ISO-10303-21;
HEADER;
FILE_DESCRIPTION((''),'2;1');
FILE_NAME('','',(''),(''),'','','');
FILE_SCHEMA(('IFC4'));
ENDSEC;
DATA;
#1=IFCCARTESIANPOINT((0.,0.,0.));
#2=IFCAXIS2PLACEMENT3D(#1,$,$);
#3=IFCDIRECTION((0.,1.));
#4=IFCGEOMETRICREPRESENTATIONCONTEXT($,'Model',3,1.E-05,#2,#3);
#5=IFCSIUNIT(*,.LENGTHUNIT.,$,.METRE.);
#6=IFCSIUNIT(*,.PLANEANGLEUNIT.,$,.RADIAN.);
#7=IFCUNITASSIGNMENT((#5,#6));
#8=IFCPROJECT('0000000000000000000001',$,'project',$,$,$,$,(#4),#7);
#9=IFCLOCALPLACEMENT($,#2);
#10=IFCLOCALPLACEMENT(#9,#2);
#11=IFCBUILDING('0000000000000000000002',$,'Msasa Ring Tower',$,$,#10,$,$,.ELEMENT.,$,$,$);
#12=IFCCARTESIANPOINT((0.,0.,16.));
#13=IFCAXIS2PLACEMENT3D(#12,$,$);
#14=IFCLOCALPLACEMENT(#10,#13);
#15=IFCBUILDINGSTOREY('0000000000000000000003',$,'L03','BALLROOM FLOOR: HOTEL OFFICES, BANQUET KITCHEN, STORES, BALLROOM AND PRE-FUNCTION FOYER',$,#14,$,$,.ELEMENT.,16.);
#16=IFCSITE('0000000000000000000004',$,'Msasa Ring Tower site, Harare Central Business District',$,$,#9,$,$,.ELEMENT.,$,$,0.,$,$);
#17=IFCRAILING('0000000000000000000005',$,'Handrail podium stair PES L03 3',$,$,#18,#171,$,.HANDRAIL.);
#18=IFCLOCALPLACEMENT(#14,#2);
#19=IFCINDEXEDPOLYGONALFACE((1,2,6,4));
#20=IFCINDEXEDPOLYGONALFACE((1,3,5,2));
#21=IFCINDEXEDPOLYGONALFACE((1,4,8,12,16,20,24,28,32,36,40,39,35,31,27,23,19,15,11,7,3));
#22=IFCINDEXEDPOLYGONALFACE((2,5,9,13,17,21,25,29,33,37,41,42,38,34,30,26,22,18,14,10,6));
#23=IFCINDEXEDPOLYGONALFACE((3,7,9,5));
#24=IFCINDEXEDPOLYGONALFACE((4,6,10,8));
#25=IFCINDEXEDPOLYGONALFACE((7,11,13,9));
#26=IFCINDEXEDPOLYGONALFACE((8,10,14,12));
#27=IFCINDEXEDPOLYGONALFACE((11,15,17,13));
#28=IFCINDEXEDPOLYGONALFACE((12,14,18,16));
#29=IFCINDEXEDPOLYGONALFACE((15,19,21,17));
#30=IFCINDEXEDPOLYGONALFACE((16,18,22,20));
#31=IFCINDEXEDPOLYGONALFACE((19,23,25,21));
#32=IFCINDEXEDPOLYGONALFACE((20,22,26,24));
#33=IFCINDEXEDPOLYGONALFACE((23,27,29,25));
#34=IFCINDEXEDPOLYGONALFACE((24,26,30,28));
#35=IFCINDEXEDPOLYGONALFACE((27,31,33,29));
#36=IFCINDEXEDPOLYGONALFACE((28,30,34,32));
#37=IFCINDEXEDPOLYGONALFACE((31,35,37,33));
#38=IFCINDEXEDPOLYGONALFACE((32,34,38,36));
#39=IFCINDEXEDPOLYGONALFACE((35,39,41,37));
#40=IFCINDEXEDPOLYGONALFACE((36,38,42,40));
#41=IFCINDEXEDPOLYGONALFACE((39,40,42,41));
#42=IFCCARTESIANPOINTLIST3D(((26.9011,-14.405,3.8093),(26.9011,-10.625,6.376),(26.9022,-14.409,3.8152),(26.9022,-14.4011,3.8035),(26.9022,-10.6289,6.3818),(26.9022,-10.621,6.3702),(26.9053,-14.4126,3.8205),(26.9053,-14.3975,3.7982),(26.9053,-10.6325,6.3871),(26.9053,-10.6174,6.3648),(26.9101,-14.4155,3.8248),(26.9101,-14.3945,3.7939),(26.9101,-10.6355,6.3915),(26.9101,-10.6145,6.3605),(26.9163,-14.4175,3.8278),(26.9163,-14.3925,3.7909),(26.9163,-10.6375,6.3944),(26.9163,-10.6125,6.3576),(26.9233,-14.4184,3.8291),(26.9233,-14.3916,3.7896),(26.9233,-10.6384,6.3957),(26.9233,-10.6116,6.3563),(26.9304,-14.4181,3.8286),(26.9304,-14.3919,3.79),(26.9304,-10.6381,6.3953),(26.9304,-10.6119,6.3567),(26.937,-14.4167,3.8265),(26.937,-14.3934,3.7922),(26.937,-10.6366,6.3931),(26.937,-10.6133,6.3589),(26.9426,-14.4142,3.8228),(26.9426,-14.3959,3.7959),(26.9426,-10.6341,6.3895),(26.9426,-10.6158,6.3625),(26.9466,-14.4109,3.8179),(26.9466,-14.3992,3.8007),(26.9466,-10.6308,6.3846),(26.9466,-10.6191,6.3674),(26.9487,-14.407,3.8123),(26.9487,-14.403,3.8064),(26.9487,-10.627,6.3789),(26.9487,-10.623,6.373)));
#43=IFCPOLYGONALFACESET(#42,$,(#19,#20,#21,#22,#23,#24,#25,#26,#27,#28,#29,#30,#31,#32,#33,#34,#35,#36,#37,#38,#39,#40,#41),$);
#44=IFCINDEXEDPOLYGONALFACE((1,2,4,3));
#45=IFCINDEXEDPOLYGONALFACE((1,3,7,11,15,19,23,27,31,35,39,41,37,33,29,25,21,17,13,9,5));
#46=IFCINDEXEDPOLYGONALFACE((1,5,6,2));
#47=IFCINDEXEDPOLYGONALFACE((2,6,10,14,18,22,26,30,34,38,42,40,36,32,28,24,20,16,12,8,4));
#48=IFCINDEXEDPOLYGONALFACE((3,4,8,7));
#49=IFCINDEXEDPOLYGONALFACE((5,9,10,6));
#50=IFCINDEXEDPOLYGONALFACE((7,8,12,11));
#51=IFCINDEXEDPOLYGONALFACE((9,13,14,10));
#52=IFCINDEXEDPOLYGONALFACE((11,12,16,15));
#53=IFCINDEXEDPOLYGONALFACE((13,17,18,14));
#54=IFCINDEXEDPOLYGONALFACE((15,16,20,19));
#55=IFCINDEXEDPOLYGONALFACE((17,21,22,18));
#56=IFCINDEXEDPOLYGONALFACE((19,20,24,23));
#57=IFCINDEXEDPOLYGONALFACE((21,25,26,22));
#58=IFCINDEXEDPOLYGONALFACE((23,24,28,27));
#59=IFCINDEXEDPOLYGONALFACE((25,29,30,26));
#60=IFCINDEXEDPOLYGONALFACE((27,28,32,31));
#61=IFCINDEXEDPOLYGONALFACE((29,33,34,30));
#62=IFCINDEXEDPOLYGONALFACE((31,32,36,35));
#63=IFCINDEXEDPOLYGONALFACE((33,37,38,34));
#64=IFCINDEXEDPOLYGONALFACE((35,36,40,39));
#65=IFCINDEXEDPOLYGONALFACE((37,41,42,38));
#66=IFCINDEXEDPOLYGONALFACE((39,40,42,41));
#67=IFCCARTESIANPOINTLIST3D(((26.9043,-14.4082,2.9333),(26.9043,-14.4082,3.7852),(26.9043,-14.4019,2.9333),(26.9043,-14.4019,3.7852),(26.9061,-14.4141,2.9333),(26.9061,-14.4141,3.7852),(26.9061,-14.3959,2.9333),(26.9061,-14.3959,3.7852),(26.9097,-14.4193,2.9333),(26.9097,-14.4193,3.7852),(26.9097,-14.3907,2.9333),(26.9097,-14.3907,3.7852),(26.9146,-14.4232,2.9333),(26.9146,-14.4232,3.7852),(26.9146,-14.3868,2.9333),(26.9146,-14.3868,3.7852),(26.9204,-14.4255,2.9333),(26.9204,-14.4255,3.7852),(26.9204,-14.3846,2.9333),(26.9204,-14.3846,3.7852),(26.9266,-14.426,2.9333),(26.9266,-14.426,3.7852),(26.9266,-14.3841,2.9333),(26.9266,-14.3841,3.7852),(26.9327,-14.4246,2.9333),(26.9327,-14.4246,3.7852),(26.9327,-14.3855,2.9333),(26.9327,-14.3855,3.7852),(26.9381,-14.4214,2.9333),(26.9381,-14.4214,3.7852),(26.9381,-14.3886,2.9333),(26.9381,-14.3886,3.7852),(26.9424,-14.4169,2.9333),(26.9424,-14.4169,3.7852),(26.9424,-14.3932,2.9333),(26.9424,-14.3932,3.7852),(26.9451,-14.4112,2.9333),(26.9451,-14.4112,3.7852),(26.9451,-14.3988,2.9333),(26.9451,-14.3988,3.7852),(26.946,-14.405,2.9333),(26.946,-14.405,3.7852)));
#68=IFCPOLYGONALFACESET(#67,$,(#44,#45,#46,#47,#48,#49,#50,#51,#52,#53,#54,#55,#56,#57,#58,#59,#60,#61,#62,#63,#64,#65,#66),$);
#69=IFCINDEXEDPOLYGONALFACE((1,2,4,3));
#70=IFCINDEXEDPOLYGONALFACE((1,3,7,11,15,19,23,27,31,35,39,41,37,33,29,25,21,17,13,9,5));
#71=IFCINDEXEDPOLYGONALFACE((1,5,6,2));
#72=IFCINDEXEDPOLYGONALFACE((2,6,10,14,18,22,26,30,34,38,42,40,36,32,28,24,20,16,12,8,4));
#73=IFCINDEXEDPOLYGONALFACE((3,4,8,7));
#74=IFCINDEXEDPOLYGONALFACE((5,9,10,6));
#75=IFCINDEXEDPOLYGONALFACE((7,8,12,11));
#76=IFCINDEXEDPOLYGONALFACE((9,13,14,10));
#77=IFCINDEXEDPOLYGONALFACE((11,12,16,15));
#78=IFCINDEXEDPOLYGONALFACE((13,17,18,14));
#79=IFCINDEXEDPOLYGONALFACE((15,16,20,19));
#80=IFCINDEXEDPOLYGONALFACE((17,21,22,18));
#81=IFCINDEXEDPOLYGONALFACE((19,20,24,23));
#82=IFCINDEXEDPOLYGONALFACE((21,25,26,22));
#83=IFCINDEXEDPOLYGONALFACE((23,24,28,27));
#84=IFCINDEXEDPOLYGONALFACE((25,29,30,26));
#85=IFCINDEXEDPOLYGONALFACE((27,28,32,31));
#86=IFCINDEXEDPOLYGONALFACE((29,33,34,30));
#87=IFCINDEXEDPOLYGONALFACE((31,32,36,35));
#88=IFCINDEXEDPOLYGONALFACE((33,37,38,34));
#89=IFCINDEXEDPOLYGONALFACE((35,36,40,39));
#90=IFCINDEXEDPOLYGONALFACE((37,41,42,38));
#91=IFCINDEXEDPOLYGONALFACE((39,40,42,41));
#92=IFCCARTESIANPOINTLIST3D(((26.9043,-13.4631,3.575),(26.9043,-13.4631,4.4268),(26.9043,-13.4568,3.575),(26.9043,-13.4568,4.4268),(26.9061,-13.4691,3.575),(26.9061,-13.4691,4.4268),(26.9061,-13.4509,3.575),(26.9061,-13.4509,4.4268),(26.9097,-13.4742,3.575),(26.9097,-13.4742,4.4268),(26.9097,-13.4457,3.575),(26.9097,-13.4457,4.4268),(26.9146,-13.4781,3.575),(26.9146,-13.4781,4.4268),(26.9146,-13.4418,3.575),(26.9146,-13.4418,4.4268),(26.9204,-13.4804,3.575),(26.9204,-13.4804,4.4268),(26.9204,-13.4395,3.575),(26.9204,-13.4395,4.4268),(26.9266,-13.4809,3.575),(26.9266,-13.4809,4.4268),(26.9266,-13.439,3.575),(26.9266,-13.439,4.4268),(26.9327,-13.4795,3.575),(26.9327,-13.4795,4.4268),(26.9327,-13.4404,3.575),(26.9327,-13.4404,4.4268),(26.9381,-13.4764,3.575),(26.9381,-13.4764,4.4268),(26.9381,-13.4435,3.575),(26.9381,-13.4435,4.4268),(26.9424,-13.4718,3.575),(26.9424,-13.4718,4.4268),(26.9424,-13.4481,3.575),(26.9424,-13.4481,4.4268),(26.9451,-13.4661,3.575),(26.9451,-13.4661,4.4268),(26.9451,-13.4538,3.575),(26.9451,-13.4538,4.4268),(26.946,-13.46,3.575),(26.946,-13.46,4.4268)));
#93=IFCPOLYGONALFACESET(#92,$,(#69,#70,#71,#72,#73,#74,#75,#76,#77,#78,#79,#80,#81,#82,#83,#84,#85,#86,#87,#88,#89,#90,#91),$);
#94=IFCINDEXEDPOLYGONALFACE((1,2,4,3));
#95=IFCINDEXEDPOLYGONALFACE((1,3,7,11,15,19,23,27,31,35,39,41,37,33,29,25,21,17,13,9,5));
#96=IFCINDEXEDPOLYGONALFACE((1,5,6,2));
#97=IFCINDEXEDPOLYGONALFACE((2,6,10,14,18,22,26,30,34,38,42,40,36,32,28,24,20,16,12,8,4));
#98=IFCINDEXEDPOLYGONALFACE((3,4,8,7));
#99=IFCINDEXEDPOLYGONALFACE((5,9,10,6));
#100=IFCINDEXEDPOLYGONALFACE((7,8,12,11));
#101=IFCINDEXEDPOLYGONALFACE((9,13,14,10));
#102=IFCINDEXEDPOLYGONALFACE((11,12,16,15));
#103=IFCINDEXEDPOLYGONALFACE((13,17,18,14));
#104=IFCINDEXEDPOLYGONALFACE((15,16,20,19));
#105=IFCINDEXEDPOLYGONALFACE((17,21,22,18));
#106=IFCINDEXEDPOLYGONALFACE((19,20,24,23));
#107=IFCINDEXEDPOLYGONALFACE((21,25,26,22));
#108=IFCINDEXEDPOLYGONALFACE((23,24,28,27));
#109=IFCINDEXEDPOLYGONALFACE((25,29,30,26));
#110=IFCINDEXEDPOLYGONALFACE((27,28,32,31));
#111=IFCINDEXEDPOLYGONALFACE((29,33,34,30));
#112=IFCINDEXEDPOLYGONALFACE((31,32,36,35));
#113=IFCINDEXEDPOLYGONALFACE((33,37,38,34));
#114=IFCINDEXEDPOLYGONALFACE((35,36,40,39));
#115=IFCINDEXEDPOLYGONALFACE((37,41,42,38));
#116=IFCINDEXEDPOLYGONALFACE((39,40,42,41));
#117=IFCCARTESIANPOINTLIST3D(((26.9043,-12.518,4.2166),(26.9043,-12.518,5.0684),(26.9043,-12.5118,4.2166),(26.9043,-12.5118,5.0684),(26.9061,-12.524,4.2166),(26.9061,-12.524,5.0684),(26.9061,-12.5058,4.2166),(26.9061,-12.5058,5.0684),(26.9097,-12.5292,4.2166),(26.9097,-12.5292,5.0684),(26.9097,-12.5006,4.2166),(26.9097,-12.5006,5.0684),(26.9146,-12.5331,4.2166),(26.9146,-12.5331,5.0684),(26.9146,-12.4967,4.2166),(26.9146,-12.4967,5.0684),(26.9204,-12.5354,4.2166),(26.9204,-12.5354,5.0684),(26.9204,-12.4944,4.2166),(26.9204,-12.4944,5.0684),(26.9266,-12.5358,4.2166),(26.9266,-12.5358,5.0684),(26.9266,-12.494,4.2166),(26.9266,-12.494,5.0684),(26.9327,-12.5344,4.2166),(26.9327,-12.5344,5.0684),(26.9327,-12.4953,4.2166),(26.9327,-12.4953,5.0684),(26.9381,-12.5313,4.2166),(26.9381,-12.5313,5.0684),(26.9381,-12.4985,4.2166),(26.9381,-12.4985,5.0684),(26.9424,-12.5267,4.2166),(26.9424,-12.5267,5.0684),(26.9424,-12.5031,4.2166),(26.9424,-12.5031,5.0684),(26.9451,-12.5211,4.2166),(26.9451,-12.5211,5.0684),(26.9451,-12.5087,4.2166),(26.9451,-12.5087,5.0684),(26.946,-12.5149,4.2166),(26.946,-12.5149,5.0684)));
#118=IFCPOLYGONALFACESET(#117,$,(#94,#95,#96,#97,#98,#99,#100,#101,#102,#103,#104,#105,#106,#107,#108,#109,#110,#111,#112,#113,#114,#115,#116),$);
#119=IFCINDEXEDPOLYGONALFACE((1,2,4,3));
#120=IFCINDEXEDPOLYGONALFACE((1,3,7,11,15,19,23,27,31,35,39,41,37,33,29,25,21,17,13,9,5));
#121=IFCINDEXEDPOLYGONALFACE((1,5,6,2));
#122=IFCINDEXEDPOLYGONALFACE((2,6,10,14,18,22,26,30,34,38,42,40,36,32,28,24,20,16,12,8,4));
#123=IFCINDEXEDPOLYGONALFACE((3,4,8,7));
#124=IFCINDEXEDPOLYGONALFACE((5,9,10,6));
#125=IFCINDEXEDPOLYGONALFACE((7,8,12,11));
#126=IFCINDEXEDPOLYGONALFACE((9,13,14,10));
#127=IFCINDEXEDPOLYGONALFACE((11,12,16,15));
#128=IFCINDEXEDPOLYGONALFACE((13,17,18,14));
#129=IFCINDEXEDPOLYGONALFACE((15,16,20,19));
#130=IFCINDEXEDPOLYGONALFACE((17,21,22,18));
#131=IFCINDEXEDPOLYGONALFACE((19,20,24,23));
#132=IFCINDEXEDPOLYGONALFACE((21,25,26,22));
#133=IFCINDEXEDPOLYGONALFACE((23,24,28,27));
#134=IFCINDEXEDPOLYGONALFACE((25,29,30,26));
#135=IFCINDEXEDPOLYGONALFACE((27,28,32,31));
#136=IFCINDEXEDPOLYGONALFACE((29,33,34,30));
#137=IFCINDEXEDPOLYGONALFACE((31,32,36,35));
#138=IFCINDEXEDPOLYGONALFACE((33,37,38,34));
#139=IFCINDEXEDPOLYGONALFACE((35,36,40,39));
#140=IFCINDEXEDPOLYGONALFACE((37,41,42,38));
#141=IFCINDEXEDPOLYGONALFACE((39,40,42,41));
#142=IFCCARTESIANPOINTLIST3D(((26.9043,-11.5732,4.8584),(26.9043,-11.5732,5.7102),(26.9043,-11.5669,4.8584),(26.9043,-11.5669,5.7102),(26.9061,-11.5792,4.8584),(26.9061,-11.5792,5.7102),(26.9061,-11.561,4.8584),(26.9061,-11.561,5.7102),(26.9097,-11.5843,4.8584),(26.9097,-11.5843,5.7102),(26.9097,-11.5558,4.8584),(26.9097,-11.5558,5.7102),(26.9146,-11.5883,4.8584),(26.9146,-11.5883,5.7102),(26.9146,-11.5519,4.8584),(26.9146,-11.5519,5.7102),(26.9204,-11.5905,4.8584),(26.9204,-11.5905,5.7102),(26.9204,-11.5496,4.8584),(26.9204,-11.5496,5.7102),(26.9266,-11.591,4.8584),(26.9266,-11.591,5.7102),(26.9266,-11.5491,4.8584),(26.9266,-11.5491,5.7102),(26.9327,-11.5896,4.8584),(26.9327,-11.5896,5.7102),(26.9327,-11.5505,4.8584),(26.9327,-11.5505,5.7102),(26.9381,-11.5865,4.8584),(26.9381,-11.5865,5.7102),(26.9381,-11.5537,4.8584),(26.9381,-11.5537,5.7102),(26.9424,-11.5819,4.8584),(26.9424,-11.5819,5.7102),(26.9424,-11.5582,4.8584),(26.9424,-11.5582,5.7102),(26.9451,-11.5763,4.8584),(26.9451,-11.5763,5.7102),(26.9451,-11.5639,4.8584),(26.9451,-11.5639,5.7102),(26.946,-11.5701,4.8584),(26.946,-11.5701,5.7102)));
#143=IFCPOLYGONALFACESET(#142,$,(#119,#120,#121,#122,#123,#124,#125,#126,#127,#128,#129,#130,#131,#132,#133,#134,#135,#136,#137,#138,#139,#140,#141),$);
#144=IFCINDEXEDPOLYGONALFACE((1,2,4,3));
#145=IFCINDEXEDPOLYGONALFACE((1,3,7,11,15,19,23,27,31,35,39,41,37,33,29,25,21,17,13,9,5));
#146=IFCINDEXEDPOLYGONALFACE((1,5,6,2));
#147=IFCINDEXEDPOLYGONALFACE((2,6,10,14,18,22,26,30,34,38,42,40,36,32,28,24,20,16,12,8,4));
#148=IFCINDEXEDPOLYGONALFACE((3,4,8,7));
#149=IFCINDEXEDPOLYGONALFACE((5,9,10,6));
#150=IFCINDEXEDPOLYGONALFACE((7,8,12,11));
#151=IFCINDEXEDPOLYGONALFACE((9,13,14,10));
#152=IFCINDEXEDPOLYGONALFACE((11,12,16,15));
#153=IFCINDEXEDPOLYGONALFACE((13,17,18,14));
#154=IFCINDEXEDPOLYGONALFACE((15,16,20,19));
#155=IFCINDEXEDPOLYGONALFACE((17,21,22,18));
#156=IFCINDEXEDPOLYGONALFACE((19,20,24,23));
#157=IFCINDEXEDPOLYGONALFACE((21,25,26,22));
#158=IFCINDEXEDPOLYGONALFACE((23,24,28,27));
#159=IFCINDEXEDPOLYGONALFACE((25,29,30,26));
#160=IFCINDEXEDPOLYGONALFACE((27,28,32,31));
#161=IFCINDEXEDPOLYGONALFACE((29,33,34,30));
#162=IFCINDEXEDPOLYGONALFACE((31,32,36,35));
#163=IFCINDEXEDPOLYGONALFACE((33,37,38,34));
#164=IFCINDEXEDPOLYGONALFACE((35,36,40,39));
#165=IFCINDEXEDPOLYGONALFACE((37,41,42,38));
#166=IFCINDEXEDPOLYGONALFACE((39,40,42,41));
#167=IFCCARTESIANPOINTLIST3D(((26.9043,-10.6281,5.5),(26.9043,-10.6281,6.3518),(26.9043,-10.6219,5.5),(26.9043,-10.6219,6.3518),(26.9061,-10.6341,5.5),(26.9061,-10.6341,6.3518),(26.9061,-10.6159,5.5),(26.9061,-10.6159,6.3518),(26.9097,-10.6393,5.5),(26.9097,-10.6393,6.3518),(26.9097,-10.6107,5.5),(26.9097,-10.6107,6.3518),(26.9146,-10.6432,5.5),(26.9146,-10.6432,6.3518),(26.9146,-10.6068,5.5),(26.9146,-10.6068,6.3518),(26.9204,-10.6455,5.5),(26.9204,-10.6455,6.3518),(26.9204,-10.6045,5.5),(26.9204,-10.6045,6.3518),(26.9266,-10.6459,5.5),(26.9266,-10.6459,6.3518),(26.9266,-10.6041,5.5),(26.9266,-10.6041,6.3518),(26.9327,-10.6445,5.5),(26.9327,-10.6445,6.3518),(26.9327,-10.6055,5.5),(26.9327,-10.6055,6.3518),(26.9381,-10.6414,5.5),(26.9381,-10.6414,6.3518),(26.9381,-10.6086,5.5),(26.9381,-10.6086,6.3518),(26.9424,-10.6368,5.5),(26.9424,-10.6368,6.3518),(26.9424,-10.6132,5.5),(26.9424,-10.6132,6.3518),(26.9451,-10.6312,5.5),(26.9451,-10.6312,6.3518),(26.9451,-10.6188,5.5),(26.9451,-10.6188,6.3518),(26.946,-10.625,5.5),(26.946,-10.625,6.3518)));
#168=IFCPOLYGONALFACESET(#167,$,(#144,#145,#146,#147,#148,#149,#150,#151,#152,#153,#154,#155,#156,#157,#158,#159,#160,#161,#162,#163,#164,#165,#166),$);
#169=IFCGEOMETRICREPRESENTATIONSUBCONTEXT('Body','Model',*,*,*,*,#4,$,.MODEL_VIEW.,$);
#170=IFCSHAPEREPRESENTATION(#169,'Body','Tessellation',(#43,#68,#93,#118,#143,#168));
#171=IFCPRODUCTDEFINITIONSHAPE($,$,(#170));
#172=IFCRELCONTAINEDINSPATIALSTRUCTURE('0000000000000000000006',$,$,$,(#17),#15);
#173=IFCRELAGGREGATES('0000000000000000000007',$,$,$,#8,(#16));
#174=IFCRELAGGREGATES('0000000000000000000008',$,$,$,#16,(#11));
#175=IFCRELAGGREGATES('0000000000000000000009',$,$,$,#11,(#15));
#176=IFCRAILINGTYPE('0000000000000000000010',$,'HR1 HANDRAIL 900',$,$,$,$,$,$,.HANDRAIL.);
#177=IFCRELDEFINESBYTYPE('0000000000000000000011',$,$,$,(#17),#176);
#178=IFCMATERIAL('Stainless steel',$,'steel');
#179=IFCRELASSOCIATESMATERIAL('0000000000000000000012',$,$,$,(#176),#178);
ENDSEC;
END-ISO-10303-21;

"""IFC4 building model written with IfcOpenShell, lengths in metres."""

from ifc_helpers import new_model, si_unit, direction, frame, origin, origin_2d, place, context, subcontext, project, spatial, circle, extrude, material, type_object, element, save


model = new_model("IFC4")

# Units and contexts
model_context = context("Model", 3, precision=1e-05, world=origin(), true_north=direction((0.0, 1.0)))
body_context = subcontext(model_context, "Body", "Model", "MODEL_VIEW")
ifc_project = project(units=[si_unit("LENGTHUNIT", "METRE"), si_unit("PLANEANGLEUNIT", "RADIAN")], contexts=[model_context])

# Site, building, storey
site_placement = place(None, origin())
site = spatial("IfcSite", under=ifc_project, at=site_placement, Name="Msasa Ring Tower site, Harare Central Business District", CompositionType="ELEMENT", RefElevation=0.0)
building_placement = place(site_placement, origin())
building = spatial("IfcBuilding", under=site, at=building_placement, Name="Msasa Ring Tower", CompositionType="ELEMENT")
storey_placement = place(building_placement, frame((0.0, 0.0, 16.0)))
storey = spatial("IfcBuildingStorey", under=building, at=storey_placement, Name="L03", Description="BALLROOM FLOOR: HOTEL OFFICES, BANQUET KITCHEN, STORES, BALLROOM AND PRE-FUNCTION FOYER", CompositionType="ELEMENT", Elevation=16.0)

# Railing
ifc_material_1 = material(Name="Stainless steel", Category="steel")
railing_type = type_object("IfcRailingType", Name="HR1 HANDRAIL 900", PredefinedType="HANDRAIL", material=ifc_material_1)
for number, where, name in (
    (1, (26.925, -14.405, 2.9333), "Handrail podium stair PES L03 3"),
):
    element("IfcRailing", number, at=place(storey_placement, frame(where)), inside=storey, type_object=railing_type, Name=name, PredefinedType="HANDRAIL", context=body_context, shape_type="SweptSolid", body=[
        extrude(circle(Radius=0.0239, at=origin_2d()), frame((0.0, 0.0, 0.876), z_axis=(0.0, 0.82731, 0.561746), x_axis=(-1.0, 0.0, 0.0)), (0.0, 0.0, 1.0), 4.5691),
        extrude(circle(Radius=0.021, at=origin_2d()), origin(), (0.0, 0.0, 1.0), 0.8518),
        extrude(circle(Radius=0.021, at=origin_2d()), frame((0.0, 0.9451, 0.6416)), (0.0, 0.0, 1.0), 0.8518),
        extrude(circle(Radius=0.021, at=origin_2d()), frame((0.0, 1.8901, 1.2832)), (0.0, 0.0, 1.0), 0.8518),
        extrude(circle(Radius=0.021, at=origin_2d()), frame((0.0, 2.835, 1.925)), (0.0, 0.0, 1.0), 0.8518),
        extrude(circle(Radius=0.021, at=origin_2d()), frame((0.0, 3.78, 2.5667)), (0.0, 0.0, 1.0), 0.8518),
    ])

save(model, "model.ifc")
